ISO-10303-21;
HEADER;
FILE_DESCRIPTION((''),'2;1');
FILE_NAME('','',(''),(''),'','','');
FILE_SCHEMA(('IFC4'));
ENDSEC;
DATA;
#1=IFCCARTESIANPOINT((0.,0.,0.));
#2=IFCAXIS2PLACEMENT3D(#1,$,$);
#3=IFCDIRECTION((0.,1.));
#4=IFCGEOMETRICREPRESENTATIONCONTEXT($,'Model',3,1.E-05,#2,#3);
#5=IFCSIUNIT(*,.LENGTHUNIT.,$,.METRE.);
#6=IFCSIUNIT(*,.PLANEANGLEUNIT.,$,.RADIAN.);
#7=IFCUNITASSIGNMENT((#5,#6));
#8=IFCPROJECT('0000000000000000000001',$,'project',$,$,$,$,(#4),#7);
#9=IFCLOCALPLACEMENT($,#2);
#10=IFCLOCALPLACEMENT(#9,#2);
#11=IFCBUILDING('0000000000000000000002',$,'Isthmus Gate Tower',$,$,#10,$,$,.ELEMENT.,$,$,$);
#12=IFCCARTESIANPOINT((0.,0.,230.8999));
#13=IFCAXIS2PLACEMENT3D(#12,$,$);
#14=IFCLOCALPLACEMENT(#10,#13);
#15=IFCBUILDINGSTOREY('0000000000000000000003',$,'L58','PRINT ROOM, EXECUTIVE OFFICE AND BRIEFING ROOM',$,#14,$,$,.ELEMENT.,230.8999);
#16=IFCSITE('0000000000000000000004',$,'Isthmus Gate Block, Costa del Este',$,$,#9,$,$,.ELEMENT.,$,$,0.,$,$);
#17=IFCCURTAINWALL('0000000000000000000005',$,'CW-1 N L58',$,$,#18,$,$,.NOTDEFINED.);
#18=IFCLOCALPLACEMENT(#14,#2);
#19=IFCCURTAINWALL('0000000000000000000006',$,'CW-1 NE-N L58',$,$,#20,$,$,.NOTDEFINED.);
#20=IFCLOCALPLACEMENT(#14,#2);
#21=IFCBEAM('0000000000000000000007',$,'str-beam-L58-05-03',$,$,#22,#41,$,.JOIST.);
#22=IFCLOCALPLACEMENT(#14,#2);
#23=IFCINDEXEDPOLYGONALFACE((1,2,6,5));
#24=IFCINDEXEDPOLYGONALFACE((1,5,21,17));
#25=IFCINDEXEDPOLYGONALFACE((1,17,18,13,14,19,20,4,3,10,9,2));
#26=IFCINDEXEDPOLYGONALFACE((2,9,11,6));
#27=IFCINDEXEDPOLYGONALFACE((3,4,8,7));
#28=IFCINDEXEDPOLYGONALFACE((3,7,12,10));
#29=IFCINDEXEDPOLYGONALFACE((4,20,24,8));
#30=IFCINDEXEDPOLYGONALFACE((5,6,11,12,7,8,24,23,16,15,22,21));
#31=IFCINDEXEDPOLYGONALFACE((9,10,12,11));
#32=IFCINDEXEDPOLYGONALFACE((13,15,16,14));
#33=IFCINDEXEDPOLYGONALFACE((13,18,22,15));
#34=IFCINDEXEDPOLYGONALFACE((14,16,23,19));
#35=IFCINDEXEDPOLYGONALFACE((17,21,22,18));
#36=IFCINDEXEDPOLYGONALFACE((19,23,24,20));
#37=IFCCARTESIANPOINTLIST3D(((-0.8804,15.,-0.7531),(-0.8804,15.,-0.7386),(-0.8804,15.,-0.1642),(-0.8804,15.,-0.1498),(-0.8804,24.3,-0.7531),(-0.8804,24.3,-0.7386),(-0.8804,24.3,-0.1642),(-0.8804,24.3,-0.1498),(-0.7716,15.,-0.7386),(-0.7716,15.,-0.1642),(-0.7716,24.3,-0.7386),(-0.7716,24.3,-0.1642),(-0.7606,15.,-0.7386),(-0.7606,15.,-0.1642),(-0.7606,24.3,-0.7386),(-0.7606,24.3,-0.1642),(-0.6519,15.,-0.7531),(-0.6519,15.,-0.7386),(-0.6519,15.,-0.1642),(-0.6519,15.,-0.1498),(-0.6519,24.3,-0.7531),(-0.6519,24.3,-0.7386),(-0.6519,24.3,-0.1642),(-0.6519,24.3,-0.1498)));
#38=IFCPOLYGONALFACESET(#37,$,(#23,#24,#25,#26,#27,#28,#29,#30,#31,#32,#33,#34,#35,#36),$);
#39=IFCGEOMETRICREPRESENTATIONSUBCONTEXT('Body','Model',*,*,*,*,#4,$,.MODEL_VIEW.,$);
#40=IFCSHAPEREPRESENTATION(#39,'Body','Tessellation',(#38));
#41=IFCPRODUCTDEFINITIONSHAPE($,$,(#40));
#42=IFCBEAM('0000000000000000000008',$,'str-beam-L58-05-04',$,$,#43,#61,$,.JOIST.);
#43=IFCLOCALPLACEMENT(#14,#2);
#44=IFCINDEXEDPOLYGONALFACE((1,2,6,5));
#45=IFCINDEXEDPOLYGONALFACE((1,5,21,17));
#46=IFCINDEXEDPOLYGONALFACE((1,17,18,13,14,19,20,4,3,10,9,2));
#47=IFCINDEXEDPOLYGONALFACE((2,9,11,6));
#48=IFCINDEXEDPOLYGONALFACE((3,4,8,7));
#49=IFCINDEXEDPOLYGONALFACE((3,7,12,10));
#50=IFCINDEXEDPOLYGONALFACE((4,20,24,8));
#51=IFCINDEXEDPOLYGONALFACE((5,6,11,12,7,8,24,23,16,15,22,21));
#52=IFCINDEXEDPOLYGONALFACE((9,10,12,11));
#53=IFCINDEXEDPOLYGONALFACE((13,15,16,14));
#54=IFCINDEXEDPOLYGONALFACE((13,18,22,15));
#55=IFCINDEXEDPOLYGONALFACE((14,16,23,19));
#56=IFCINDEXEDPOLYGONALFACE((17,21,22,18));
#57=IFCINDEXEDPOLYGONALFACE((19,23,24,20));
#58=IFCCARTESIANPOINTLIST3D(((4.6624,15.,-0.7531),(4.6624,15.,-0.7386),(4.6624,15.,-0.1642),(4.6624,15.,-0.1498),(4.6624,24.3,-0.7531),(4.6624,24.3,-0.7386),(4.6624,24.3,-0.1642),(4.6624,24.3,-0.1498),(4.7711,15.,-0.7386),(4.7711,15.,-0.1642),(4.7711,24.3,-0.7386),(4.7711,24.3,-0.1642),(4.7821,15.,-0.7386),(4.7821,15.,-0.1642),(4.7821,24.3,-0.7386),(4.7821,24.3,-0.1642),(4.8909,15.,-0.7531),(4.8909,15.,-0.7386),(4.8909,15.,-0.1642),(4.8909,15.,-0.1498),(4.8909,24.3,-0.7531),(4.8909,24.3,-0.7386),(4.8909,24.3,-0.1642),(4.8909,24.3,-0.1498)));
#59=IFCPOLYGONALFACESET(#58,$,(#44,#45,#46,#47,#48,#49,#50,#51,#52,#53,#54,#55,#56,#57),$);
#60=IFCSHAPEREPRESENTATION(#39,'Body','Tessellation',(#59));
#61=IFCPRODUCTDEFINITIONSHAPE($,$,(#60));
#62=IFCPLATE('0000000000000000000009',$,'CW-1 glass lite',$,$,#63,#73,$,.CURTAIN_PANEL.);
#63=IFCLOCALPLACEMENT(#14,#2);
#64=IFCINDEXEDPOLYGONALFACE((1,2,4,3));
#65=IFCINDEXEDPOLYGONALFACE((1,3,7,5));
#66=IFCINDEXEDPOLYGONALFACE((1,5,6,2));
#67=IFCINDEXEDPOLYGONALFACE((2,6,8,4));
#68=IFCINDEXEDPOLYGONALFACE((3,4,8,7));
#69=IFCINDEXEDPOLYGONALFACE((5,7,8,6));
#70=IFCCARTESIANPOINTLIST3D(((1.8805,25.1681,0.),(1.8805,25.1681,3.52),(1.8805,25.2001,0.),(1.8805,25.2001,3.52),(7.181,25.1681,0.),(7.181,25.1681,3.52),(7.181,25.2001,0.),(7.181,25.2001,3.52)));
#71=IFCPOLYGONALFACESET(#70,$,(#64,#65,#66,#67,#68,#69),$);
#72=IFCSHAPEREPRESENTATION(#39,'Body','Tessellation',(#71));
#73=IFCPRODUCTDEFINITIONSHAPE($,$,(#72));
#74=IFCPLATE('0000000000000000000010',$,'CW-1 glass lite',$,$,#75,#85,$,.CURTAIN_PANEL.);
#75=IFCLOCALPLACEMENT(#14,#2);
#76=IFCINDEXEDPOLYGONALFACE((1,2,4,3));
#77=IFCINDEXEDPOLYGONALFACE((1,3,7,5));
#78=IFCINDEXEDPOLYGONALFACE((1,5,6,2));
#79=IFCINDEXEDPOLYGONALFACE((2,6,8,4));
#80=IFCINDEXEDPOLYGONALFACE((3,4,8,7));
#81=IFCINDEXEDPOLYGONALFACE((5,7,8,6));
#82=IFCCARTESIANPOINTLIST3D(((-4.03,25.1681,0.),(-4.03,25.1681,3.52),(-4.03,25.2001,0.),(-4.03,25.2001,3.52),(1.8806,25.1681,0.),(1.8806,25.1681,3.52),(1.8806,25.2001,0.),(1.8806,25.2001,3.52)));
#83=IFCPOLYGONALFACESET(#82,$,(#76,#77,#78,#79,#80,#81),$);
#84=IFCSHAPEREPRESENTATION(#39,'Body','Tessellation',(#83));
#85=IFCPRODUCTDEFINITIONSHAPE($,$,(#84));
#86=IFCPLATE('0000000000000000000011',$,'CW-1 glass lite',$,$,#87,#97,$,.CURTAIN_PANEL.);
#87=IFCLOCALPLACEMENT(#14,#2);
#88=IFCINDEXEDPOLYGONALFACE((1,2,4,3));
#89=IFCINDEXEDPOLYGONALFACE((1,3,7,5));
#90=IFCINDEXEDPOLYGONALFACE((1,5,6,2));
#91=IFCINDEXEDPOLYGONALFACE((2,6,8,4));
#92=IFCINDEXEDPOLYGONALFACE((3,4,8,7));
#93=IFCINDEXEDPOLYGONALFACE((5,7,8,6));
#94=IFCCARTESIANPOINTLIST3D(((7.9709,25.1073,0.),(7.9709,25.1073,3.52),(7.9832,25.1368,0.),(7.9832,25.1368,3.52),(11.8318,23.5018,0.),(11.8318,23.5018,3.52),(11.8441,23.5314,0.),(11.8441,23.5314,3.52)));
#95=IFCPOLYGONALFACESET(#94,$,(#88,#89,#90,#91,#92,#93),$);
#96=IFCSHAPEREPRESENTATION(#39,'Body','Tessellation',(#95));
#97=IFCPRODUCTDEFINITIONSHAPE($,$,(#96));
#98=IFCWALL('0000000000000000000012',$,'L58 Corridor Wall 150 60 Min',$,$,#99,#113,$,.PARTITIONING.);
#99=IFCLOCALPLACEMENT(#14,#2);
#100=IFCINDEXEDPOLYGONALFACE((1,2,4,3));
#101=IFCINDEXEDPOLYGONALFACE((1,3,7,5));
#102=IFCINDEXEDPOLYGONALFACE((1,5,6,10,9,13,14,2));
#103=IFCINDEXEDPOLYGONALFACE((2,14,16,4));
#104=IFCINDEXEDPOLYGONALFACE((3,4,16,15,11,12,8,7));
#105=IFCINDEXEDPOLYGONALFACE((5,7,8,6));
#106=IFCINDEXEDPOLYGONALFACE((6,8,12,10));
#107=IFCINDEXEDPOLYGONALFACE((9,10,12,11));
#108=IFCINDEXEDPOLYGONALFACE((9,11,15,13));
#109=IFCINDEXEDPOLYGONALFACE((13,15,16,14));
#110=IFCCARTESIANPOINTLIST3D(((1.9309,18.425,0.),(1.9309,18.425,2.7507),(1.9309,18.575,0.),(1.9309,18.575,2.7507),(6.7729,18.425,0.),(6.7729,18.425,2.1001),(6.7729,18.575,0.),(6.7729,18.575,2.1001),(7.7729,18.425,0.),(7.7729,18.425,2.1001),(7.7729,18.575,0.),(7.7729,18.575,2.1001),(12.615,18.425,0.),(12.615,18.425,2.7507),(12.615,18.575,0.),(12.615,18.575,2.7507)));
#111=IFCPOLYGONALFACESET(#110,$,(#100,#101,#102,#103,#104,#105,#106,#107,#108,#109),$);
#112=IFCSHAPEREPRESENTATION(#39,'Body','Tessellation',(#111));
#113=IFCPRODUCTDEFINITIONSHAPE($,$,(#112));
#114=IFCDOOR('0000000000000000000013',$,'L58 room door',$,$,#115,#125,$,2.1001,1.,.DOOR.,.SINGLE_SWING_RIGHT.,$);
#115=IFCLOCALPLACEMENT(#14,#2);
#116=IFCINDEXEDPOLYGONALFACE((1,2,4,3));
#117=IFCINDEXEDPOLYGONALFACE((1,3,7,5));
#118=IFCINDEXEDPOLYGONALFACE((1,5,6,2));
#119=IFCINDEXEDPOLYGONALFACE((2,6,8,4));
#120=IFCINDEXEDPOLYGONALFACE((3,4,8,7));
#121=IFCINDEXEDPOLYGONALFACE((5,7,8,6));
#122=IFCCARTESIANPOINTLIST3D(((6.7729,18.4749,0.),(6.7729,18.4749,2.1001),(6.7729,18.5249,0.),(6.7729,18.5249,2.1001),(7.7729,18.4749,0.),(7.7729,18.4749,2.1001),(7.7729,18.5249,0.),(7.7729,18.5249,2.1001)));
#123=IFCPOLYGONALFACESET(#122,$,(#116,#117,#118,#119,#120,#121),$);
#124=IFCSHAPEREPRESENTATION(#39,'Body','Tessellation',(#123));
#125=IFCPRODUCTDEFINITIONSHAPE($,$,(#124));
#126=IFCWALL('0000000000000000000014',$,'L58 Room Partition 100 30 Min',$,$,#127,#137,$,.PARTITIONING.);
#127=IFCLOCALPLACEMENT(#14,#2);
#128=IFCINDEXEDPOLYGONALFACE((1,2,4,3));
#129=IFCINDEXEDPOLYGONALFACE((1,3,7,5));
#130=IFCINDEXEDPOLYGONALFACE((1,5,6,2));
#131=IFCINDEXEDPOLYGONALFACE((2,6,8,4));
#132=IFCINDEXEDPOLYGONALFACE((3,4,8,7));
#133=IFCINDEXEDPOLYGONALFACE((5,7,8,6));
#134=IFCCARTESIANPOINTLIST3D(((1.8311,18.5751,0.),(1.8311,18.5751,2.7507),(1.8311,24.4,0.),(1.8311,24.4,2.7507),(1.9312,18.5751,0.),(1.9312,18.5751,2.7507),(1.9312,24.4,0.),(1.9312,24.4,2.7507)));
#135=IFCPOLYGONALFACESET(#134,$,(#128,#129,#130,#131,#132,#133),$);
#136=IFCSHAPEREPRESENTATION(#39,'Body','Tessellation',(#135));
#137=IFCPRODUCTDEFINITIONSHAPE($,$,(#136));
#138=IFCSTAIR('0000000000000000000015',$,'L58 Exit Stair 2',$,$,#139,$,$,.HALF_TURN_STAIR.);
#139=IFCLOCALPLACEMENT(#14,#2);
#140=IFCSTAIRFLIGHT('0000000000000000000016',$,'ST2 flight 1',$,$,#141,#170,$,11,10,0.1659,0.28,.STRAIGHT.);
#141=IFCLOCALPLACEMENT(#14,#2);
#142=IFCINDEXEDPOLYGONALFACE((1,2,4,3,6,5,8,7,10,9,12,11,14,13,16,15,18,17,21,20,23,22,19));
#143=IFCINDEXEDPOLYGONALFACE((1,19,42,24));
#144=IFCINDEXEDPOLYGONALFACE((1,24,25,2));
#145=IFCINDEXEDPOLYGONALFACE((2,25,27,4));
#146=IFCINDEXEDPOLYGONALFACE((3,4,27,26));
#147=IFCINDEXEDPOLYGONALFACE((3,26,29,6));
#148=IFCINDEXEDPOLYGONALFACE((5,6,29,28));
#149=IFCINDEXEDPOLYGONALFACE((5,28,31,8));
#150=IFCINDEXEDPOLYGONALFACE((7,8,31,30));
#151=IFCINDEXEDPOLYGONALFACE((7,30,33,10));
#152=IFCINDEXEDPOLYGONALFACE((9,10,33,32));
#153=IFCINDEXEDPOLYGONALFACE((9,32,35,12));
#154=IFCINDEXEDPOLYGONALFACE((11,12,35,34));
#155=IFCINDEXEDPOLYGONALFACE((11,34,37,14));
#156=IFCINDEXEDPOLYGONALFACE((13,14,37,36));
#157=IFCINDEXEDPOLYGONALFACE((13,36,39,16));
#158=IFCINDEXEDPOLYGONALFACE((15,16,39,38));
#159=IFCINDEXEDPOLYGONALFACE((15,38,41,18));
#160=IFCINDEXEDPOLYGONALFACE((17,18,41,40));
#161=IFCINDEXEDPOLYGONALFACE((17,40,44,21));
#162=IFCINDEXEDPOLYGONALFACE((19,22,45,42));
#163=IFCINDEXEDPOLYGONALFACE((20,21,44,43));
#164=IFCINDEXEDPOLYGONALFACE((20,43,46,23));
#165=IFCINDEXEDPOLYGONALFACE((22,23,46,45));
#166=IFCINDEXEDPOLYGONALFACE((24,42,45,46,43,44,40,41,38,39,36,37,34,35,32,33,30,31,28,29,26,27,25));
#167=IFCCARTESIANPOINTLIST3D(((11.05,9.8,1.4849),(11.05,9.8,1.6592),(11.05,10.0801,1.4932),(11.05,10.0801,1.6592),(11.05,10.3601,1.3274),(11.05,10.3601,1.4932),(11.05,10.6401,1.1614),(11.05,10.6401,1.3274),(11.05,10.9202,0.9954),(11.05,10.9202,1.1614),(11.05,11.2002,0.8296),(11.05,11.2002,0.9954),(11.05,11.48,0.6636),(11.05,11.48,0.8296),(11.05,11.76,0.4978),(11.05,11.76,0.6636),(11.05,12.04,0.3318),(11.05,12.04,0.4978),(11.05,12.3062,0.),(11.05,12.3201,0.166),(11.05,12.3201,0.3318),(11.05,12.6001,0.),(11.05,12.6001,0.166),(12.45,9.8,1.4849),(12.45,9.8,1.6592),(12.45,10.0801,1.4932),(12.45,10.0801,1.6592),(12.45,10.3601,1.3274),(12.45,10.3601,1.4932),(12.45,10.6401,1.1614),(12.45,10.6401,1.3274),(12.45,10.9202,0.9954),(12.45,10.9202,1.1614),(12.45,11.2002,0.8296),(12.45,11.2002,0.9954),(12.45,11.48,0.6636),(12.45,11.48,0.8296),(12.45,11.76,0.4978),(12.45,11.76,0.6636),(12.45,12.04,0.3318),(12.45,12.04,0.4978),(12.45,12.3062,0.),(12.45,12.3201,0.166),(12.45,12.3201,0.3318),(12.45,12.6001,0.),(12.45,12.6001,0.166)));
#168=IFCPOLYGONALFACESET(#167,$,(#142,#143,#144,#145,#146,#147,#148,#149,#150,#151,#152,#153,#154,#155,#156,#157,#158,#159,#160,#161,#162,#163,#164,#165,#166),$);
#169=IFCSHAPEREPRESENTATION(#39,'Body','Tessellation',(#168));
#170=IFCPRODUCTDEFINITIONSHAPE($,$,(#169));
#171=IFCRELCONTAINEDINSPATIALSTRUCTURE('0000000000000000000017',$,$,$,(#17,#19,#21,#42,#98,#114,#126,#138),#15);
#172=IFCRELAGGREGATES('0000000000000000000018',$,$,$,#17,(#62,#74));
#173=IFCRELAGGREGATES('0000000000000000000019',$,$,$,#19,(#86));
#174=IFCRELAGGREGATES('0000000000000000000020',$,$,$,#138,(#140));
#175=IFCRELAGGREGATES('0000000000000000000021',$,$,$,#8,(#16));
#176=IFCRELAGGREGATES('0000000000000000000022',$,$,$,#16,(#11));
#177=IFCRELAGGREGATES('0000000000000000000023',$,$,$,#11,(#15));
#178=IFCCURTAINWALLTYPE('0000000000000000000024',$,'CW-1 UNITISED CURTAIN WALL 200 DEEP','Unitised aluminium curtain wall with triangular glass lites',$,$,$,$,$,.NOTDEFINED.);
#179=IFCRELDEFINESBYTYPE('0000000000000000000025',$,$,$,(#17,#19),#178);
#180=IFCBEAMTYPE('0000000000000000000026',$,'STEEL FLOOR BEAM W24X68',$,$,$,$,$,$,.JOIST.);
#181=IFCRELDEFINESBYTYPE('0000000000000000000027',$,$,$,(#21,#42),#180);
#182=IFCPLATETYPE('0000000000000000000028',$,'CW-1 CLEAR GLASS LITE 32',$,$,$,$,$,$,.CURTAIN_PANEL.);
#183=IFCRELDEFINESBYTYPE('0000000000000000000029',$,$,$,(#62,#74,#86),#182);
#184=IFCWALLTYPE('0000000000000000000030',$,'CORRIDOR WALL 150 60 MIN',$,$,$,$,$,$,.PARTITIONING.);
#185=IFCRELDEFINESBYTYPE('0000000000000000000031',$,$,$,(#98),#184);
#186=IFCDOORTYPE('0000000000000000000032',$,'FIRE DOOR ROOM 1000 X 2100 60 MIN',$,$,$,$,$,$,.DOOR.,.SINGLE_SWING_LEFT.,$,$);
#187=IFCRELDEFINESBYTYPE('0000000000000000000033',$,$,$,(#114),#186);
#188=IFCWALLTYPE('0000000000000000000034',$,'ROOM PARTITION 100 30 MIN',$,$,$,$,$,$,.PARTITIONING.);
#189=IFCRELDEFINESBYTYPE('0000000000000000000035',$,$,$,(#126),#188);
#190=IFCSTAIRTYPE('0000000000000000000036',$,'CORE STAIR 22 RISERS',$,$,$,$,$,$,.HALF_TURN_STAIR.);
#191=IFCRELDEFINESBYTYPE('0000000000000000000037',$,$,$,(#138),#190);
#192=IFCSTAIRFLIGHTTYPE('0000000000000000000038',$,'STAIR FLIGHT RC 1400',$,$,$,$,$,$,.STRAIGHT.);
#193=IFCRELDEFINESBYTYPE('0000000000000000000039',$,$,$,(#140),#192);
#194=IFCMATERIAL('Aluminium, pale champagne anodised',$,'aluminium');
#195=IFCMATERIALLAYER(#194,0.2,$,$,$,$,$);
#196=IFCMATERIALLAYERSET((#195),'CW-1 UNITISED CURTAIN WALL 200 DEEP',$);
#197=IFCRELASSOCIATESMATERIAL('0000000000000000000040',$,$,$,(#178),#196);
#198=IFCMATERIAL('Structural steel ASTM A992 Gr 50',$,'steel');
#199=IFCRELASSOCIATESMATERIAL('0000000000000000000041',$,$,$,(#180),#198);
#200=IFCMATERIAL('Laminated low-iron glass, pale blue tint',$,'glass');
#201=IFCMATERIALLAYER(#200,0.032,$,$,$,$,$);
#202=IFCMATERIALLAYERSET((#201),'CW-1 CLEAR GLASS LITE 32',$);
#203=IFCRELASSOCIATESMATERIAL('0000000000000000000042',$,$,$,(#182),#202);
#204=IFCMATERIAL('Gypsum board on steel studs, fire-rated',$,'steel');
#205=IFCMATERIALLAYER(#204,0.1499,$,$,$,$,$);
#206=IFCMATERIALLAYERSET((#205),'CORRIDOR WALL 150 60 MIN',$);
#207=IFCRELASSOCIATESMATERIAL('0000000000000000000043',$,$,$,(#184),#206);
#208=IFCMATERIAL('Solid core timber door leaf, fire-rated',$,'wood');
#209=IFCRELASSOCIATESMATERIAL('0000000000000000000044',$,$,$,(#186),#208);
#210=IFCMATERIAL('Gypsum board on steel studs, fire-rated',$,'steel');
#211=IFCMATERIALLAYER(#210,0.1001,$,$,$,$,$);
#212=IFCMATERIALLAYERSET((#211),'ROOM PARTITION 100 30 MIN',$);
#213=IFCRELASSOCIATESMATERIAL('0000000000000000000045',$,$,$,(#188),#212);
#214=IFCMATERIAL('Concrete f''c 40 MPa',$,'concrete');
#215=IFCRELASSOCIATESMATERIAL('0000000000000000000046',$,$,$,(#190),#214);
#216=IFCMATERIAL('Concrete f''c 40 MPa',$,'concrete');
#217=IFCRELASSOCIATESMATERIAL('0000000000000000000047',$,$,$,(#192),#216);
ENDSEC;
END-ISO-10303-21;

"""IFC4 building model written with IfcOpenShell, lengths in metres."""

from ifc_helpers import new_model, si_unit, direction, frame, frame_2d, origin, origin_2d, place, context, subcontext, project, spatial, polyline, rectangle, i_section, outline, extrude, material, layer, layer_set, material_profile, profile_set, type_object, element, fill, aggregate, save


model = new_model("IFC4")

# Units and contexts
model_context = context("Model", 3, precision=1e-05, world=origin(), true_north=direction((0.0, 1.0)))
body_context = subcontext(model_context, "Body", "Model", "MODEL_VIEW")
ifc_project = project(units=[si_unit("LENGTHUNIT", "METRE"), si_unit("PLANEANGLEUNIT", "RADIAN")], contexts=[model_context])

# Site, building, storey
site_placement = place(None, origin())
site = spatial("IfcSite", under=ifc_project, at=site_placement, Name="Isthmus Gate Block, Costa del Este", CompositionType="ELEMENT", RefElevation=0.0)
building_placement = place(site_placement, origin())
building = spatial("IfcBuilding", under=site, at=building_placement, Name="Isthmus Gate Tower", CompositionType="ELEMENT")
storey_placement = place(building_placement, frame((0.0, 0.0, 230.8999)))
storey = spatial("IfcBuildingStorey", under=building, at=storey_placement, Name="L58", Description="PRINT ROOM, EXECUTIVE OFFICE AND BRIEFING ROOM", CompositionType="ELEMENT", Elevation=230.8999)

# Curtain walls
ifc_material_1 = material(Name="Aluminium, pale champagne anodised", Category="aluminium")
ifc_layer_1 = layer(ifc_material_1, 0.2)
ifc_layer_set_1 = layer_set([ifc_layer_1], Name="CW-1 UNITISED CURTAIN WALL 200 DEEP")
curtain_wall_type = type_object("IfcCurtainWallType", Name="CW-1 UNITISED CURTAIN WALL 200 DEEP", Description="Unitised aluminium curtain wall with triangular glass lites", PredefinedType="NOTDEFINED", material=ifc_layer_set_1)
curtain_wall_1_placement = place(storey_placement, origin())
curtain_wall_1 = element("IfcCurtainWall", 1, at=curtain_wall_1_placement, inside=storey, type_object=curtain_wall_type, Name="CW-1 N L58", PredefinedType="NOTDEFINED")
curtain_wall_2_placement = place(storey_placement, origin())
curtain_wall_2 = element("IfcCurtainWall", 2, at=curtain_wall_2_placement, inside=storey, type_object=curtain_wall_type, Name="CW-1 NE-N L58", PredefinedType="NOTDEFINED")

# Beams
ifc_material_2 = material(Name="Structural steel ASTM A992 Gr 50", Category="steel")
ifc_material_profile_1 = material_profile(ifc_material_2, i_section(OverallWidth=0.2285, OverallDepth=0.6033, WebThickness=0.011, FlangeThickness=0.0144, at=origin_2d()), Name="W24X68")
ifc_profile_set_1 = profile_set([ifc_material_profile_1], Name="Structural steel ASTM A992 Gr 50")
beam_type_1 = type_object("IfcBeamType", Name="STEEL FLOOR BEAM W24X68", PredefinedType="JOIST", material=ifc_profile_set_1)
for number, where, z_axis, x_axis, name in (
    (3, (-0.7661, 15.0, -0.4514), (0.0, 1.0, 0.0), (-1.0, 0.0, 0.0), "str-beam-L58-05-03"),
    (4, (4.7766, 15.0, -0.4514), (0.0, 1.0, 0.0), (-1.0, 0.0, 0.0), "str-beam-L58-05-04"),
):
    element("IfcBeam", number, at=place(storey_placement, frame(where, z_axis=z_axis, x_axis=x_axis)), inside=storey, type_object=beam_type_1, Name=name, PredefinedType="JOIST", context=body_context, shape_type="SweptSolid", body=[
        extrude(i_section(OverallWidth=0.2285, OverallDepth=0.6033, WebThickness=0.011, FlangeThickness=0.0144, at=origin_2d()), origin(), (0.0, 0.0, 1.0), 9.3),
    ])

# Plates
ifc_material_3 = material(Name="Laminated low-iron glass, pale blue tint", Category="glass")
ifc_layer_2 = layer(ifc_material_3, 0.032)
ifc_layer_set_2 = layer_set([ifc_layer_2], Name="CW-1 CLEAR GLASS LITE 32")
plate_type = type_object("IfcPlateType", Name="CW-1 CLEAR GLASS LITE 32", PredefinedType="CURTAIN_PANEL", material=ifc_layer_set_2)
plate_1_placement = place(storey_placement, frame((4.5308, 25.1841, 0.0), z_axis=(0.0, 0.0, 1.0), x_axis=(-1.0, 0.0, 0.0)))
plate_1 = element("IfcPlate", 5, at=plate_1_placement, type_object=plate_type, Name="CW-1 glass lite", PredefinedType="CURTAIN_PANEL", context=body_context, shape_type="SweptSolid", body=[
    extrude(rectangle(XDim=5.3005, YDim=0.032, at=origin_2d()), origin(), (0.0, 0.0, 1.0), 3.52),
])
plate_2_placement = place(storey_placement, frame((-1.0747, 25.1841, 0.0), z_axis=(0.0, 0.0, 1.0), x_axis=(-1.0, 0.0, 0.0)))
plate_2 = element("IfcPlate", 6, at=plate_2_placement, type_object=plate_type, Name="CW-1 glass lite", PredefinedType="CURTAIN_PANEL", context=body_context, shape_type="SweptSolid", body=[
    extrude(rectangle(XDim=5.9106, YDim=0.032, at=origin_2d()), origin(), (0.0, 0.0, 1.0), 3.52),
])
aggregate(curtain_wall_1, [plate_1, plate_2])
plate_3_placement = place(storey_placement, frame((9.9075, 24.3193, 0.0), z_axis=(0.0, 0.0, 1.0), x_axis=(-0.923353, 0.383952, 0.0)))
plate_3 = element("IfcPlate", 7, at=plate_3_placement, type_object=plate_type, Name="CW-1 glass lite", PredefinedType="CURTAIN_PANEL", context=body_context, shape_type="SweptSolid", body=[
    extrude(rectangle(XDim=4.1814, YDim=0.032, at=origin_2d()), origin(), (0.0, 0.0, 1.0), 3.52),
])
aggregate(curtain_wall_2, [plate_3])

# Wall, opening, door
ifc_material_4 = material(Name="Gypsum board on steel studs, fire-rated", Category="steel")
ifc_layer_3 = layer(ifc_material_4, 0.1499)
ifc_layer_set_3 = layer_set([ifc_layer_3], Name="CORRIDOR WALL 150 60 MIN")
wall_type_1 = type_object("IfcWallType", Name="CORRIDOR WALL 150 60 MIN", PredefinedType="PARTITIONING", material=ifc_layer_set_3)
wall_1_placement = place(storey_placement, frame((1.9309, 18.5, 0.0), z_axis=(0.0, 0.0, 1.0), x_axis=(1.0, 0.0, 0.0)))
wall_1 = element("IfcWall", 8, at=wall_1_placement, inside=storey, type_object=wall_type_1, Name="L58 Corridor Wall 150 60 Min", PredefinedType="PARTITIONING", context=body_context, shape_type="SweptSolid", body=[
    extrude(rectangle(XDim=10.6841, YDim=0.1499, at=frame_2d((5.342, 0.0))), origin(), (0.0, 0.0, 1.0), 2.7507),
])
opening_placement = place(wall_1_placement, frame((4.842, 0.0, 0.0)))
opening = element("IfcOpeningElement", 9, at=opening_placement, cuts=wall_1, PredefinedType="OPENING", context=body_context, shape_type="SweptSolid", body=[
    extrude(rectangle(XDim=1.0, YDim=2.1001, at=frame_2d((0.5, 1.05))), frame((0.0, 0.085, 0.0), z_axis=(0.0, -1.0, 0.0), x_axis=(1.0, 0.0, 0.0)), (0.0, 0.0, 1.0), 0.1699),
])
ifc_material_5 = material(Name="Solid core timber door leaf, fire-rated", Category="wood")
door_type = type_object("IfcDoorType", Name="FIRE DOOR ROOM 1000 X 2100 60 MIN", OperationType="SINGLE_SWING_LEFT", PredefinedType="DOOR", material=ifc_material_5)
door_placement = place(opening_placement, origin())
door = element("IfcDoor", 10, at=door_placement, inside=storey, type_object=door_type, Name="L58 room door", OperationType="SINGLE_SWING_RIGHT", OverallHeight=2.1001, OverallWidth=1.0, PredefinedType="DOOR", context=body_context, shape_type="SweptSolid", body=[
    extrude(rectangle(XDim=1.0, YDim=2.1001, at=frame_2d((0.5, 1.05))), frame((0.0, 0.0249, 0.0), z_axis=(0.0, -1.0, 0.0), x_axis=(1.0, 0.0, 0.0)), (0.0, 0.0, 1.0), 0.05),
])
fill(opening, door)

# Wall
ifc_material_6 = material(Name="Gypsum board on steel studs, fire-rated", Category="steel")
ifc_layer_4 = layer(ifc_material_6, 0.1001)
ifc_layer_set_4 = layer_set([ifc_layer_4], Name="ROOM PARTITION 100 30 MIN")
wall_type_2 = type_object("IfcWallType", Name="ROOM PARTITION 100 30 MIN", PredefinedType="PARTITIONING", material=ifc_layer_set_4)
wall_2_placement = place(storey_placement, frame((1.8811, 18.575, 0.0), z_axis=(0.0, 0.0, 1.0), x_axis=(0.0, 1.0, 0.0)))
element("IfcWall", 11, at=wall_2_placement, inside=storey, type_object=wall_type_2, Name="L58 Room Partition 100 30 Min", PredefinedType="PARTITIONING", context=body_context, shape_type="SweptSolid", body=[
    extrude(rectangle(XDim=5.825, YDim=0.1001, at=frame_2d((2.9126, 0.0))), origin(), (0.0, 0.0, 1.0), 2.7507),
])

# Stair, stair flight
ifc_material_7 = material(Name="Concrete f'c 40 MPa", Category="concrete")
stair_type = type_object("IfcStairType", Name="CORE STAIR 22 RISERS", PredefinedType="HALF_TURN_STAIR", material=ifc_material_7)
stair_placement = place(storey_placement, origin())
stair = element("IfcStair", 12, at=stair_placement, inside=storey, type_object=stair_type, Name="L58 Exit Stair 2", PredefinedType="HALF_TURN_STAIR")
ifc_material_8 = material(Name="Concrete f'c 40 MPa", Category="concrete")
stair_flight_type = type_object("IfcStairFlightType", Name="STAIR FLIGHT RC 1400", PredefinedType="STRAIGHT", material=ifc_material_8)
stair_flight_placement = place(storey_placement, frame((11.75, 12.6001, 0.0), z_axis=(0.0, 0.0, 1.0), x_axis=(0.0, -1.0, 0.0)))
stair_flight = element("IfcStairFlight", 13, at=stair_flight_placement, type_object=stair_flight_type, Name="ST2 flight 1", NumberOfRisers=11, NumberOfTreads=10, PredefinedType="STRAIGHT", RiserHeight=0.1659, TreadLength=0.28, context=body_context, shape_type="SweptSolid", body=[
    extrude(outline(polyline([(0.0, 0.0), (0.0, 0.166), (0.28, 0.166), (0.28, 0.3318), (0.5601, 0.3318), (0.5601, 0.4978), (0.8401, 0.4978), (0.8401, 0.6636), (1.1201, 0.6636), (1.1201, 0.8296), (1.3999, 0.8296), (1.3999, 0.9954), (1.6799, 0.9954), (1.6799, 1.1614), (1.96, 1.1614), (1.96, 1.3274), (2.24, 1.3274), (2.24, 1.4932), (2.52, 1.4932), (2.52, 1.6592), (2.8, 1.6592), (2.8, 1.825), (2.8, 1.4849), (0.2939, 0.0), (0.0, 0.0)])), frame((0.0, 0.7, 0.0), z_axis=(0.0, -1.0, 0.0), x_axis=(1.0, 0.0, 0.0)), (0.0, 0.0, 1.0), 1.3999),
])
aggregate(stair, [stair_flight])

save(model, "model.ifc")
